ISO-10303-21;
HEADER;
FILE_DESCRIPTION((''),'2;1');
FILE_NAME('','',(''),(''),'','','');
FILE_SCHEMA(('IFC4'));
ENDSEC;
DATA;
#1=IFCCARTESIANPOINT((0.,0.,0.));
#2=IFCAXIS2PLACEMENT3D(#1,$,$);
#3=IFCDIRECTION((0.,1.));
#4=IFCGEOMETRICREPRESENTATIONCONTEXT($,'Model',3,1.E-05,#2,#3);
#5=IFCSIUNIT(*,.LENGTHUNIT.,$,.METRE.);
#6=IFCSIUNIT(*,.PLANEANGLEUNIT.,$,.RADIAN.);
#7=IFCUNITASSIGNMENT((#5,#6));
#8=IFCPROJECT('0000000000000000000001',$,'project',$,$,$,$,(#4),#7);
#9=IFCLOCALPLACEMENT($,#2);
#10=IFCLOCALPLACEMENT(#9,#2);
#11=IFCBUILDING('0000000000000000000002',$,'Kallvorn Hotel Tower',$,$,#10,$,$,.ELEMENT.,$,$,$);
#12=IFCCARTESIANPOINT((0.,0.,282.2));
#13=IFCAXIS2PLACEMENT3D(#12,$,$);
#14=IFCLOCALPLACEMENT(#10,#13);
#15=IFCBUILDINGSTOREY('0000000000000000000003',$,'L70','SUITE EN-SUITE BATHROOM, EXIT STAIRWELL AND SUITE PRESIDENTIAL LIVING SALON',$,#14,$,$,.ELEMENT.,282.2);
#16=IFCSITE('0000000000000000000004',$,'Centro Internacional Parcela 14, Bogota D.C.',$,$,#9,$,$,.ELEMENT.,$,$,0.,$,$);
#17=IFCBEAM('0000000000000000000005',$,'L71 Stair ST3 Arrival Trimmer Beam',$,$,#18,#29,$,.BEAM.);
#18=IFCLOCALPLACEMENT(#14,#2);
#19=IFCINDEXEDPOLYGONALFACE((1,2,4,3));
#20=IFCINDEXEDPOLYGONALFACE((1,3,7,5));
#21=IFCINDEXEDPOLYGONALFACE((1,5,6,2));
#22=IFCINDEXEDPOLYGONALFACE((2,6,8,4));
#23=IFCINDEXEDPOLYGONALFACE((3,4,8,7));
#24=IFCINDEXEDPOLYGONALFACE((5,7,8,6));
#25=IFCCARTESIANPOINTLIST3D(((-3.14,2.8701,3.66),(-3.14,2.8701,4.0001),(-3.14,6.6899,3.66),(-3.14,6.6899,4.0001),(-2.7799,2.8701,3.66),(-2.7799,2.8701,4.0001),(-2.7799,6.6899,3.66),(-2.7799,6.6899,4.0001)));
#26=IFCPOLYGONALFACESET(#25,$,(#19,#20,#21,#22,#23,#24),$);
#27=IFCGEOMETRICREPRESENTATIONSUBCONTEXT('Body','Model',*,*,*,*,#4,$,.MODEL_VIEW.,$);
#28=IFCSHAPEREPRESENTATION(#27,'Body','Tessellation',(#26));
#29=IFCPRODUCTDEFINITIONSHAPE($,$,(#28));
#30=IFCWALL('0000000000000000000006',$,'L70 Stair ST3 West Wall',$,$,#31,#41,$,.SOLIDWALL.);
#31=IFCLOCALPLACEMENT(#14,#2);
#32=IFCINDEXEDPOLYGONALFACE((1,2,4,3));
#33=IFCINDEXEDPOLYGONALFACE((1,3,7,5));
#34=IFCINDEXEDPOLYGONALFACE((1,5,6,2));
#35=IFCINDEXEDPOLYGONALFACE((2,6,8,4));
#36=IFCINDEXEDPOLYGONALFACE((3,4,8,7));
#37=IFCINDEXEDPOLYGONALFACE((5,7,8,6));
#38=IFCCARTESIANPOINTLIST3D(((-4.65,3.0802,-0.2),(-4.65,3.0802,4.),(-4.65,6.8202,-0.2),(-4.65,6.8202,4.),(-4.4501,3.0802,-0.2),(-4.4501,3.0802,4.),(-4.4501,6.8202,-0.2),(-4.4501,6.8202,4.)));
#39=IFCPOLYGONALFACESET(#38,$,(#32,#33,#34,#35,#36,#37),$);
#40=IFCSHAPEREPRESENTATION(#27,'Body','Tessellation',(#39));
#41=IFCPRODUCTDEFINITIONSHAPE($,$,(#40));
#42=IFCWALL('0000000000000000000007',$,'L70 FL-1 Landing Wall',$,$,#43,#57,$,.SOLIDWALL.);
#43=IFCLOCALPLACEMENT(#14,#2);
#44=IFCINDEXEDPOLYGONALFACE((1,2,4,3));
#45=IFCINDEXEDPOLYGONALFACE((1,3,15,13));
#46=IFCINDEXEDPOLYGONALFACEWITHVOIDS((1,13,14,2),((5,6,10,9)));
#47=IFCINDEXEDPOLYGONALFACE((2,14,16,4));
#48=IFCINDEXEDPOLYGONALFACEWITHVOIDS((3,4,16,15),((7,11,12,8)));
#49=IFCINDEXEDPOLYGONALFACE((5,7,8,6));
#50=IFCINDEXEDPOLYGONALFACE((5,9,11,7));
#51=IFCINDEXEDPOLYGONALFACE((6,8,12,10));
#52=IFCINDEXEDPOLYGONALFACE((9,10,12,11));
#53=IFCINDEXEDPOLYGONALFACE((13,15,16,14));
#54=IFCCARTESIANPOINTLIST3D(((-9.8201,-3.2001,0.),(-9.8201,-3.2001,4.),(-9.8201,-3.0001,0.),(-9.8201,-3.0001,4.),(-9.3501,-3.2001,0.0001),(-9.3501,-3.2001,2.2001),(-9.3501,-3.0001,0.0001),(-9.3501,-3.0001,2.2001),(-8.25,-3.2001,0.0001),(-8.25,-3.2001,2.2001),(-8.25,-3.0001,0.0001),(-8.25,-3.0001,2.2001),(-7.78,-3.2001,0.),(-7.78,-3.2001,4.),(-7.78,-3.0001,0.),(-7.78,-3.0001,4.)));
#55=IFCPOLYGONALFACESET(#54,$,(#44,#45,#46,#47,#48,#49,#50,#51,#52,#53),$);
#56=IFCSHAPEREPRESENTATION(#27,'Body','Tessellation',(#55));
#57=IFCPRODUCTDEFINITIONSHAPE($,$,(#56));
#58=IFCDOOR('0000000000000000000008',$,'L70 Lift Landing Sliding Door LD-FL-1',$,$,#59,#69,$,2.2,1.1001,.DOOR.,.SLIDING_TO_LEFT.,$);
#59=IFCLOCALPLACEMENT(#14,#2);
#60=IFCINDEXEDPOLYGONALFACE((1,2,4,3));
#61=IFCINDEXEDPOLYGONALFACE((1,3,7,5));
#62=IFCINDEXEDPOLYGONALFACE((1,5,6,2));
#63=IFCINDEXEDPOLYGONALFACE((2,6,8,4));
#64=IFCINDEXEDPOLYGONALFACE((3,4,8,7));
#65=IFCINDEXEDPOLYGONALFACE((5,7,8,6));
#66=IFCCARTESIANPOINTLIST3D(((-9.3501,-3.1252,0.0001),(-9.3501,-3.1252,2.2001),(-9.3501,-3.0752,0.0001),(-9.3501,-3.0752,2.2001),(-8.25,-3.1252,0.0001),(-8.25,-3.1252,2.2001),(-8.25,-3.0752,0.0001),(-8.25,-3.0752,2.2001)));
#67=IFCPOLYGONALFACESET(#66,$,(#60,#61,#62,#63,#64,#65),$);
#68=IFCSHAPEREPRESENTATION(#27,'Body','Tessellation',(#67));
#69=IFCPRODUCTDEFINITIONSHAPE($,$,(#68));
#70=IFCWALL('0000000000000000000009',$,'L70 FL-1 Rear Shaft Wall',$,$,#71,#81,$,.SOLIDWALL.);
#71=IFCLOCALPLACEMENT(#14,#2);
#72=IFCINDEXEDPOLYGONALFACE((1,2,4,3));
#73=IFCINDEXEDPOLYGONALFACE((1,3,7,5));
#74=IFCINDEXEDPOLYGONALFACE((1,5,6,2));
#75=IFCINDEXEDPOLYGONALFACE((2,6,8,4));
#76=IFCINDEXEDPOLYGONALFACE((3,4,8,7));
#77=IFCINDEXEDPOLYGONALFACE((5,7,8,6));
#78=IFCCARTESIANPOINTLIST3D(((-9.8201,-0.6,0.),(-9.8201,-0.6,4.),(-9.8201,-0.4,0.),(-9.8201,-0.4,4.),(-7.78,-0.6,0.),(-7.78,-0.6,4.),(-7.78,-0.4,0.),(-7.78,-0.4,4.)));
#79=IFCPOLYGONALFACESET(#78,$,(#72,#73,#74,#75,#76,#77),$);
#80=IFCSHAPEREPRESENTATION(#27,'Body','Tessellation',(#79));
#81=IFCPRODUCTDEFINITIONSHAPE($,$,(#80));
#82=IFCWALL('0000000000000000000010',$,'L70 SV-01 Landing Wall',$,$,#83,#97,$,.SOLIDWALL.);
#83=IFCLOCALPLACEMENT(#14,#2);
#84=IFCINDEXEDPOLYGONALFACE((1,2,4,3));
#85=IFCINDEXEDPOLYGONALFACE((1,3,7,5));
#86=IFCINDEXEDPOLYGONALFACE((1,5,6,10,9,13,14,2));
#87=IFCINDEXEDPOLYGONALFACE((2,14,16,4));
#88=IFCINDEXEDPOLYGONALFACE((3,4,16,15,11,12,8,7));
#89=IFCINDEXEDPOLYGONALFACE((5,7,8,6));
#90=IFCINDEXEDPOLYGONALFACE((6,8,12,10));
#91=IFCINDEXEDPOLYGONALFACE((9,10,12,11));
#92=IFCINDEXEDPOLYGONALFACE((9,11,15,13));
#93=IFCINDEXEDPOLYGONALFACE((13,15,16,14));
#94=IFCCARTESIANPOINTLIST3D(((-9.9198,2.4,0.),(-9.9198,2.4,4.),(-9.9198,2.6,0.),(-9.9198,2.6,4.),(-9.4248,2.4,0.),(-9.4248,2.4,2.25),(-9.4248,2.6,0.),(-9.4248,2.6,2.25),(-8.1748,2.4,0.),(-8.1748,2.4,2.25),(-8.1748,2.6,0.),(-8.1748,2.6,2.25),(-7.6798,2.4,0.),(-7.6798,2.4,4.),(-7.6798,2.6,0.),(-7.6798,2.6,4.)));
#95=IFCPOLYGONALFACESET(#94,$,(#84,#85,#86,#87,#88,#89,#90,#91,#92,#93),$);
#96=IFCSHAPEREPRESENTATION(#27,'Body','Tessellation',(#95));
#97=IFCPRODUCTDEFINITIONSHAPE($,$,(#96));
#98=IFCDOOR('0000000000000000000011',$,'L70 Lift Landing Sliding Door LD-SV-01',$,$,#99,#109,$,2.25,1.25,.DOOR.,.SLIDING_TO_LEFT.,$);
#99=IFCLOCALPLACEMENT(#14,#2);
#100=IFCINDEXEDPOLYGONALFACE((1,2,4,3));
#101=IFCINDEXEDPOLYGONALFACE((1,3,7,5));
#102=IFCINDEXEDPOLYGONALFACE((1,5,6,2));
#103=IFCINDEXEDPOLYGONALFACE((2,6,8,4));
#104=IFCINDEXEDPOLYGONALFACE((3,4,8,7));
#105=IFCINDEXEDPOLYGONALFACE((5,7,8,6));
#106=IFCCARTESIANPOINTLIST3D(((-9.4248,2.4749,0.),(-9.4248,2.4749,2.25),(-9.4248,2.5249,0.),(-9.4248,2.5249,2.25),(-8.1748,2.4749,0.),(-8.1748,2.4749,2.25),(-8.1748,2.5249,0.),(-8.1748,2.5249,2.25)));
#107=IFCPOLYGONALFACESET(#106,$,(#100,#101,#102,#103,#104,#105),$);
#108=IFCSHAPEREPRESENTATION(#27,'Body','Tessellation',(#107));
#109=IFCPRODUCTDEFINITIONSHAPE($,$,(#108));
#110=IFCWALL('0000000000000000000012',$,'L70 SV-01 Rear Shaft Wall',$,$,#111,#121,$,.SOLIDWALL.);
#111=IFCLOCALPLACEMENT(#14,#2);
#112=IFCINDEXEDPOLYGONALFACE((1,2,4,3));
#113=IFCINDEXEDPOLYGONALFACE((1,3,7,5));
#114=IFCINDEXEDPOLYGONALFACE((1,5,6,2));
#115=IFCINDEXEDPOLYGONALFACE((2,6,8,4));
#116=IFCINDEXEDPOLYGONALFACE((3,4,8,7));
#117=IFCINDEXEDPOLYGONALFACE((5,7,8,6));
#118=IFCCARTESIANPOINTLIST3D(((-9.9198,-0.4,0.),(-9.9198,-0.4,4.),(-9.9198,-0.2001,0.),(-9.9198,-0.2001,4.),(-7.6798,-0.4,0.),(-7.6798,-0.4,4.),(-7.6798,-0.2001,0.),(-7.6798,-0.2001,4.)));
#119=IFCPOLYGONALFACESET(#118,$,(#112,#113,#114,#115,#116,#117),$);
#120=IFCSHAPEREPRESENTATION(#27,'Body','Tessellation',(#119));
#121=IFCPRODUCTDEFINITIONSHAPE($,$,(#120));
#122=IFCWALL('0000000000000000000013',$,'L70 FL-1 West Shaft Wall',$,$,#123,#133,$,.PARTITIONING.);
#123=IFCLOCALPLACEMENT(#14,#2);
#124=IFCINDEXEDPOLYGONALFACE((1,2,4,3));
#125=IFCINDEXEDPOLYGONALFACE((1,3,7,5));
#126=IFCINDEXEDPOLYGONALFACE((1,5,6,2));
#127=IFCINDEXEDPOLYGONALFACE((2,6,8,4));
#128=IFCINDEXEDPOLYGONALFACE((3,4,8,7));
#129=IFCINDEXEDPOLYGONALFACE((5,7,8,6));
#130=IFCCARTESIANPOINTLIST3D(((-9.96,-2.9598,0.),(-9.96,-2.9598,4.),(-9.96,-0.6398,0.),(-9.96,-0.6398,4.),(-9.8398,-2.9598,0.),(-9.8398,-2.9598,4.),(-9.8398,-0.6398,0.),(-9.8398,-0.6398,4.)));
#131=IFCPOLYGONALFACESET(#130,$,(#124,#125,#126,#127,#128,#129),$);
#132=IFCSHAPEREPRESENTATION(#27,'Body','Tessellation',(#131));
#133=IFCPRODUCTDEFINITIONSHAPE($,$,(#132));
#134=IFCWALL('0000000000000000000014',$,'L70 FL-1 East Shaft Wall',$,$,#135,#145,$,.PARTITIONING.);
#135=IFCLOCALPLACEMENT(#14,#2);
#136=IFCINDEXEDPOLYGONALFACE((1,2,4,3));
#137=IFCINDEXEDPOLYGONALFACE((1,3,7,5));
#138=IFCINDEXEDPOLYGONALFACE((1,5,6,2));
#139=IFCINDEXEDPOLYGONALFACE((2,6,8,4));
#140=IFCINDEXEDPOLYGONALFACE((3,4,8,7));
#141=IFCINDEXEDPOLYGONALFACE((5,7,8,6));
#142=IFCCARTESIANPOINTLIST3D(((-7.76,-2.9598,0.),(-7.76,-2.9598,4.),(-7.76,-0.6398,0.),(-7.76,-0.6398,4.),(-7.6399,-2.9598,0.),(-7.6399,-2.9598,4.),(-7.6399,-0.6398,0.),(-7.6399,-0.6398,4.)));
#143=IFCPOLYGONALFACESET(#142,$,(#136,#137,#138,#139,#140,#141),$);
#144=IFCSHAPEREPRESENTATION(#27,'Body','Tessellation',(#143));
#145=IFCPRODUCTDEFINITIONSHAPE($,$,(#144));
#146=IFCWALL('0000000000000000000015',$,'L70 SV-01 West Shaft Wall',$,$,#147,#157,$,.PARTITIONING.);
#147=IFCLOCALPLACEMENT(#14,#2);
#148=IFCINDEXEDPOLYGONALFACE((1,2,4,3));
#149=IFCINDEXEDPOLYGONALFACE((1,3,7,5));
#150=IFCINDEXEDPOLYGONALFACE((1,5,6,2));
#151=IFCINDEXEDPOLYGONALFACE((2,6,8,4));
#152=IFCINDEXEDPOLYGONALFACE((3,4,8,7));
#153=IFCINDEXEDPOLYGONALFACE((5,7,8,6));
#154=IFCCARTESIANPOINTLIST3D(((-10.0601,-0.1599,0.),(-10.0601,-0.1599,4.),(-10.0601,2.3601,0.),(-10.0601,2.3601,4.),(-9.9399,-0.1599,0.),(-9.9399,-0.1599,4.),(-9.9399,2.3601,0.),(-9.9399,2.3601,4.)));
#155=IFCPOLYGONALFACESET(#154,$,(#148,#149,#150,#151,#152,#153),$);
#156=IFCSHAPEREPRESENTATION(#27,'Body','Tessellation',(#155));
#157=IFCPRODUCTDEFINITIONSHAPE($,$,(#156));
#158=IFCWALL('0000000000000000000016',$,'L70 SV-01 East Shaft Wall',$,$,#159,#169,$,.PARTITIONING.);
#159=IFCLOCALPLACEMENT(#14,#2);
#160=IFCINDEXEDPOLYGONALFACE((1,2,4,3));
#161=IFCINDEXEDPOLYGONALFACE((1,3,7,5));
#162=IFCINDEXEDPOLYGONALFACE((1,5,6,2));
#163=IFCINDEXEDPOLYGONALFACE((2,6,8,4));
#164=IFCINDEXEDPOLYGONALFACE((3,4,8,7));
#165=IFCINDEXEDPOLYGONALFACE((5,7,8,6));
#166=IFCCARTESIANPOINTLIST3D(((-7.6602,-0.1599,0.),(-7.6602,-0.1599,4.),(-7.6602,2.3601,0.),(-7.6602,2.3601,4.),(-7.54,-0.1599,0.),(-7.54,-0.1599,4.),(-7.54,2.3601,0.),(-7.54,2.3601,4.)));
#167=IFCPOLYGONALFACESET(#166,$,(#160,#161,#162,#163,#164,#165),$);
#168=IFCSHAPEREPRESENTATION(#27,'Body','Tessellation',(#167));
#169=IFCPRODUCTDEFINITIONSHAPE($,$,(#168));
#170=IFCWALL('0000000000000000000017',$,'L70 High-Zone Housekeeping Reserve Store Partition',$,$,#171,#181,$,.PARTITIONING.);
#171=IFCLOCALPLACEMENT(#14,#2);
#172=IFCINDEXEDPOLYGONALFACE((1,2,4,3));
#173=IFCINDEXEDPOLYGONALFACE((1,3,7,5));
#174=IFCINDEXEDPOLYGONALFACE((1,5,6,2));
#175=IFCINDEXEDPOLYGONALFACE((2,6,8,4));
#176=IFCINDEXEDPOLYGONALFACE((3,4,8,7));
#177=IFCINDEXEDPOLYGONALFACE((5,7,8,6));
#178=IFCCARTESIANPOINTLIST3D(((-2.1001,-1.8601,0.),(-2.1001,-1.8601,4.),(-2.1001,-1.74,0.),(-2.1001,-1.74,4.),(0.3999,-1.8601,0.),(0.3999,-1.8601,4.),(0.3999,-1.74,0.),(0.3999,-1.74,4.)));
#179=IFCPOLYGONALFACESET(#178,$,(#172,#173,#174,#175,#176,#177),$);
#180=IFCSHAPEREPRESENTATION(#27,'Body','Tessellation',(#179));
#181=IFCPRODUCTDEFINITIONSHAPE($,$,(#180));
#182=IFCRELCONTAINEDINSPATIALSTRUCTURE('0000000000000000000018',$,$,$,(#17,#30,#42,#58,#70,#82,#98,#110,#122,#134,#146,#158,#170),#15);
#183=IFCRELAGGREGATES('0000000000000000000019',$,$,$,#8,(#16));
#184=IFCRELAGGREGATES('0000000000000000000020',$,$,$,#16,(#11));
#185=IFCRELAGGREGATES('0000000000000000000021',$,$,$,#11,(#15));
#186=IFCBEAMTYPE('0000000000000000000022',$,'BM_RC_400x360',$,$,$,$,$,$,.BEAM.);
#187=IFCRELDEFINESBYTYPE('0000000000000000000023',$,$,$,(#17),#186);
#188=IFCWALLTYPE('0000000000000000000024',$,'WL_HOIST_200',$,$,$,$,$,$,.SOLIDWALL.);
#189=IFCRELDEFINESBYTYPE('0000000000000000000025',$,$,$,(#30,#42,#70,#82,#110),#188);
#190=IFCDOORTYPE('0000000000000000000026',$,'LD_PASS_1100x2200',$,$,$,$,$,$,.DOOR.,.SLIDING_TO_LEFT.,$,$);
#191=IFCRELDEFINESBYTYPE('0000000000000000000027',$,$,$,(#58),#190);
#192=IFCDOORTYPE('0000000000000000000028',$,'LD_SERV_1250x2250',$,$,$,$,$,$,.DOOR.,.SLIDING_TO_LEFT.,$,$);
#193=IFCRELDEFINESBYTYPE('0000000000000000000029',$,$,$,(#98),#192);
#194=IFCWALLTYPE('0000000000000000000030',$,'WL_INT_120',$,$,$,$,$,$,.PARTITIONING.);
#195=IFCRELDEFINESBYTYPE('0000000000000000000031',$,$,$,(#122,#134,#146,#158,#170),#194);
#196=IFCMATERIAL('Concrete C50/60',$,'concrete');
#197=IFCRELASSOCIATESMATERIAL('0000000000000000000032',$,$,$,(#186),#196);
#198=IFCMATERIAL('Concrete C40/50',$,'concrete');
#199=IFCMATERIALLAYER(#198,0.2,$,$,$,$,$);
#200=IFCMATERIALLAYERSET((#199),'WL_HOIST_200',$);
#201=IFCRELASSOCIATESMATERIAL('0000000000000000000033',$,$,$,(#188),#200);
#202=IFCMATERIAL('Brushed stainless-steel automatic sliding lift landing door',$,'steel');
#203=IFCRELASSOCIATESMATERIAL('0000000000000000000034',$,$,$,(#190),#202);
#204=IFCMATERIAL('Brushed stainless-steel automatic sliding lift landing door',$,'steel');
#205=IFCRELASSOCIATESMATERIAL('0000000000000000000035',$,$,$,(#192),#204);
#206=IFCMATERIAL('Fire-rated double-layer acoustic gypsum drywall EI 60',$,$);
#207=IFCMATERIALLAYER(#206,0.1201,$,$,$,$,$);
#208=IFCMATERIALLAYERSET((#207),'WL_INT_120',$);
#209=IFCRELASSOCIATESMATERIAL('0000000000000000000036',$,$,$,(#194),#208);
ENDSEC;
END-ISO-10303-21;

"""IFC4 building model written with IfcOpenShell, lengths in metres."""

from ifc_helpers import new_model, si_unit, direction, frame, frame_2d, origin, origin_2d, place, context, subcontext, project, spatial, rectangle, extrude, material, layer, layer_set, material_profile, profile_set, type_object, element, fill, save


model = new_model("IFC4")

# Units and contexts
model_context = context("Model", 3, precision=1e-05, world=origin(), true_north=direction((0.0, 1.0)))
body_context = subcontext(model_context, "Body", "Model", "MODEL_VIEW")
ifc_project = project(units=[si_unit("LENGTHUNIT", "METRE"), si_unit("PLANEANGLEUNIT", "RADIAN")], contexts=[model_context])

# Site, building, storey
site_placement = place(None, origin())
site = spatial("IfcSite", under=ifc_project, at=site_placement, Name="Centro Internacional Parcela 14, Bogota D.C.", CompositionType="ELEMENT", RefElevation=0.0)
building_placement = place(site_placement, origin())
building = spatial("IfcBuilding", under=site, at=building_placement, Name="Kallvorn Hotel Tower", CompositionType="ELEMENT")
storey_placement = place(building_placement, frame((0.0, 0.0, 282.2)))
storey = spatial("IfcBuildingStorey", under=building, at=storey_placement, Name="L70", Description="SUITE EN-SUITE BATHROOM, EXIT STAIRWELL AND SUITE PRESIDENTIAL LIVING SALON", CompositionType="ELEMENT", Elevation=282.2)

# Beam
ifc_material_1 = material(Name="Concrete C50/60", Category="concrete")
ifc_material_profile = material_profile(ifc_material_1, rectangle(XDim=0.3601, YDim=0.3401, at=origin_2d()), Name="RC 360x340")
ifc_profile_set = profile_set([ifc_material_profile], Name="Concrete C50/60")
beam_type = type_object("IfcBeamType", Name="BM_RC_400x360", PredefinedType="BEAM", material=ifc_profile_set)
beam_placement = place(storey_placement, frame((-2.96, 2.8701, 3.8301), z_axis=(0.0, 1.0, 0.0), x_axis=(-1.0, 0.0, 0.0)))
element("IfcBeam", 1, at=beam_placement, inside=storey, type_object=beam_type, Name="L71 Stair ST3 Arrival Trimmer Beam", PredefinedType="BEAM", context=body_context, shape_type="SweptSolid", body=[
    extrude(rectangle(XDim=0.3601, YDim=0.3401, at=origin_2d()), origin(), (0.0, 0.0, 1.0), 3.8198),
])

# Wall
ifc_material_2 = material(Name="Concrete C40/50", Category="concrete")
ifc_layer_1 = layer(ifc_material_2, 0.2)
ifc_layer_set_1 = layer_set([ifc_layer_1], Name="WL_HOIST_200")
wall_type_1 = type_object("IfcWallType", Name="WL_HOIST_200", PredefinedType="SOLIDWALL", material=ifc_layer_set_1)
wall_1_placement = place(storey_placement, frame((-4.55, 3.0801, -0.2), z_axis=(0.0, 0.0, 1.0), x_axis=(0.0, 1.0, 0.0)))
element("IfcWall", 2, at=wall_1_placement, inside=storey, type_object=wall_type_1, Name="L70 Stair ST3 West Wall", PredefinedType="SOLIDWALL", context=body_context, shape_type="SweptSolid", body=[
    extrude(rectangle(XDim=3.74, YDim=0.2, at=frame_2d((1.8701, 0.0))), origin(), (0.0, 0.0, 1.0), 4.2),
])

# Wall, opening, door
wall_2_placement = place(storey_placement, frame((-9.8201, -3.1001, 0.0), z_axis=(0.0, 0.0, 1.0), x_axis=(1.0, 0.0, 0.0)))
wall_2 = element("IfcWall", 3, at=wall_2_placement, inside=storey, type_object=wall_type_1, Name="L70 FL-1 Landing Wall", PredefinedType="SOLIDWALL", context=body_context, shape_type="SweptSolid", body=[
    extrude(rectangle(XDim=2.04, YDim=0.2, at=frame_2d((1.02, 0.0))), origin(), (0.0, 0.0, 1.0), 4.0),
])
opening_1_placement = place(wall_2_placement, frame((0.47, 0.0, 0.0)))
opening_1 = element("IfcOpeningElement", 4, at=opening_1_placement, cuts=wall_2, PredefinedType="OPENING", context=body_context, shape_type="SweptSolid", body=[
    extrude(rectangle(XDim=1.1001, YDim=2.2, at=frame_2d((0.55, 1.1001))), frame((0.0, 0.115, 0.0), z_axis=(0.0, -1.0, 0.0), x_axis=(1.0, 0.0, 0.0)), (0.0, 0.0, 1.0), 0.23),
])
ifc_material_3 = material(Name="Brushed stainless-steel automatic sliding lift landing door", Category="steel")
door_type_1 = type_object("IfcDoorType", Name="LD_PASS_1100x2200", OperationType="SLIDING_TO_LEFT", PredefinedType="DOOR", material=ifc_material_3)
door_1_placement = place(opening_1_placement, origin())
door_1 = element("IfcDoor", 5, at=door_1_placement, inside=storey, type_object=door_type_1, Name="L70 Lift Landing Sliding Door LD-FL-1", OperationType="SLIDING_TO_LEFT", OverallHeight=2.2, OverallWidth=1.1001, PredefinedType="DOOR", context=body_context, shape_type="SweptSolid", body=[
    extrude(rectangle(XDim=1.1001, YDim=2.2, at=frame_2d((0.55, 1.1001))), frame((0.0, 0.0249, 0.0), z_axis=(0.0, -1.0, 0.0), x_axis=(1.0, 0.0, 0.0)), (0.0, 0.0, 1.0), 0.05),
])
fill(opening_1, door_1)

# Wall
wall_3_placement = place(storey_placement, frame((-9.8201, -0.5, 0.0), z_axis=(0.0, 0.0, 1.0), x_axis=(1.0, 0.0, 0.0)))
element("IfcWall", 6, at=wall_3_placement, inside=storey, type_object=wall_type_1, Name="L70 FL-1 Rear Shaft Wall", PredefinedType="SOLIDWALL", context=body_context, shape_type="SweptSolid", body=[
    extrude(rectangle(XDim=2.04, YDim=0.2, at=frame_2d((1.02, 0.0))), origin(), (0.0, 0.0, 1.0), 4.0),
])

# Wall, opening, door
wall_4_placement = place(storey_placement, frame((-9.9199, 2.5, 0.0), z_axis=(0.0, 0.0, 1.0), x_axis=(1.0, 0.0, 0.0)))
wall_4 = element("IfcWall", 7, at=wall_4_placement, inside=storey, type_object=wall_type_1, Name="L70 SV-01 Landing Wall", PredefinedType="SOLIDWALL", context=body_context, shape_type="SweptSolid", body=[
    extrude(rectangle(XDim=2.24, YDim=0.2, at=frame_2d((1.1201, 0.0))), origin(), (0.0, 0.0, 1.0), 4.0),
])
opening_2_placement = place(wall_4_placement, frame((0.4951, 0.0, 0.0)))
opening_2 = element("IfcOpeningElement", 8, at=opening_2_placement, cuts=wall_4, PredefinedType="OPENING", context=body_context, shape_type="SweptSolid", body=[
    extrude(rectangle(XDim=1.25, YDim=2.25, at=frame_2d((0.625, 1.125))), frame((0.0, 0.115, 0.0), z_axis=(0.0, -1.0, 0.0), x_axis=(1.0, 0.0, 0.0)), (0.0, 0.0, 1.0), 0.23),
])
ifc_material_4 = material(Name="Brushed stainless-steel automatic sliding lift landing door", Category="steel")
door_type_2 = type_object("IfcDoorType", Name="LD_SERV_1250x2250", OperationType="SLIDING_TO_LEFT", PredefinedType="DOOR", material=ifc_material_4)
door_2_placement = place(opening_2_placement, origin())
door_2 = element("IfcDoor", 9, at=door_2_placement, inside=storey, type_object=door_type_2, Name="L70 Lift Landing Sliding Door LD-SV-01", OperationType="SLIDING_TO_LEFT", OverallHeight=2.25, OverallWidth=1.25, PredefinedType="DOOR", context=body_context, shape_type="SweptSolid", body=[
    extrude(rectangle(XDim=1.25, YDim=2.25, at=frame_2d((0.625, 1.125))), frame((0.0, 0.0249, 0.0), z_axis=(0.0, -1.0, 0.0), x_axis=(1.0, 0.0, 0.0)), (0.0, 0.0, 1.0), 0.05),
])
fill(opening_2, door_2)

# Walls
wall_5_placement = place(storey_placement, frame((-9.9199, -0.3, 0.0), z_axis=(0.0, 0.0, 1.0), x_axis=(1.0, 0.0, 0.0)))
element("IfcWall", 10, at=wall_5_placement, inside=storey, type_object=wall_type_1, Name="L70 SV-01 Rear Shaft Wall", PredefinedType="SOLIDWALL", context=body_context, shape_type="SweptSolid", body=[
    extrude(rectangle(XDim=2.24, YDim=0.2, at=frame_2d((1.1201, 0.0))), origin(), (0.0, 0.0, 1.0), 4.0),
])
ifc_material_5 = material(Name="Fire-rated double-layer acoustic gypsum drywall EI 60")
ifc_layer_2 = layer(ifc_material_5, 0.1201)
ifc_layer_set_2 = layer_set([ifc_layer_2], Name="WL_INT_120")
wall_type_2 = type_object("IfcWallType", Name="WL_INT_120", PredefinedType="PARTITIONING", material=ifc_layer_set_2)
for number, where, z_axis, x_axis, name in (
    (11, (-9.8999, -2.96, 0.0), (0.0, 0.0, 1.0), (0.0, 1.0, 0.0), "L70 FL-1 West Shaft Wall"),
    (12, (-7.7, -2.96, 0.0), (0.0, 0.0, 1.0), (0.0, 1.0, 0.0), "L70 FL-1 East Shaft Wall"),
):
    element("IfcWall", number, at=place(storey_placement, frame(where, z_axis=z_axis, x_axis=x_axis)), inside=storey, type_object=wall_type_2, Name=name, PredefinedType="PARTITIONING", context=body_context, shape_type="SweptSolid", body=[
        extrude(rectangle(XDim=2.3201, YDim=0.1201, at=frame_2d((1.1602, 0.0))), origin(), (0.0, 0.0, 1.0), 4.0),
    ])
for number, where, z_axis, x_axis, name in (
    (13, (-10.0, -0.1599, 0.0), (0.0, 0.0, 1.0), (0.0, 1.0, 0.0), "L70 SV-01 West Shaft Wall"),
    (14, (-7.6001, -0.1599, 0.0), (0.0, 0.0, 1.0), (0.0, 1.0, 0.0), "L70 SV-01 East Shaft Wall"),
):
    element("IfcWall", number, at=place(storey_placement, frame(where, z_axis=z_axis, x_axis=x_axis)), inside=storey, type_object=wall_type_2, Name=name, PredefinedType="PARTITIONING", context=body_context, shape_type="SweptSolid", body=[
        extrude(rectangle(XDim=2.52, YDim=0.1201, at=frame_2d((1.26, 0.0))), origin(), (0.0, 0.0, 1.0), 4.0),
    ])
wall_6_placement = place(storey_placement, frame((-2.1001, -1.8, 0.0), z_axis=(0.0, 0.0, 1.0), x_axis=(1.0, 0.0, 0.0)))
element("IfcWall", 15, at=wall_6_placement, inside=storey, type_object=wall_type_2, Name="L70 High-Zone Housekeeping Reserve Store Partition", PredefinedType="PARTITIONING", context=body_context, shape_type="SweptSolid", body=[
    extrude(rectangle(XDim=2.5, YDim=0.1201, at=frame_2d((1.25, 0.0))), origin(), (0.0, 0.0, 1.0), 4.0),
])

save(model, "model.ifc")
